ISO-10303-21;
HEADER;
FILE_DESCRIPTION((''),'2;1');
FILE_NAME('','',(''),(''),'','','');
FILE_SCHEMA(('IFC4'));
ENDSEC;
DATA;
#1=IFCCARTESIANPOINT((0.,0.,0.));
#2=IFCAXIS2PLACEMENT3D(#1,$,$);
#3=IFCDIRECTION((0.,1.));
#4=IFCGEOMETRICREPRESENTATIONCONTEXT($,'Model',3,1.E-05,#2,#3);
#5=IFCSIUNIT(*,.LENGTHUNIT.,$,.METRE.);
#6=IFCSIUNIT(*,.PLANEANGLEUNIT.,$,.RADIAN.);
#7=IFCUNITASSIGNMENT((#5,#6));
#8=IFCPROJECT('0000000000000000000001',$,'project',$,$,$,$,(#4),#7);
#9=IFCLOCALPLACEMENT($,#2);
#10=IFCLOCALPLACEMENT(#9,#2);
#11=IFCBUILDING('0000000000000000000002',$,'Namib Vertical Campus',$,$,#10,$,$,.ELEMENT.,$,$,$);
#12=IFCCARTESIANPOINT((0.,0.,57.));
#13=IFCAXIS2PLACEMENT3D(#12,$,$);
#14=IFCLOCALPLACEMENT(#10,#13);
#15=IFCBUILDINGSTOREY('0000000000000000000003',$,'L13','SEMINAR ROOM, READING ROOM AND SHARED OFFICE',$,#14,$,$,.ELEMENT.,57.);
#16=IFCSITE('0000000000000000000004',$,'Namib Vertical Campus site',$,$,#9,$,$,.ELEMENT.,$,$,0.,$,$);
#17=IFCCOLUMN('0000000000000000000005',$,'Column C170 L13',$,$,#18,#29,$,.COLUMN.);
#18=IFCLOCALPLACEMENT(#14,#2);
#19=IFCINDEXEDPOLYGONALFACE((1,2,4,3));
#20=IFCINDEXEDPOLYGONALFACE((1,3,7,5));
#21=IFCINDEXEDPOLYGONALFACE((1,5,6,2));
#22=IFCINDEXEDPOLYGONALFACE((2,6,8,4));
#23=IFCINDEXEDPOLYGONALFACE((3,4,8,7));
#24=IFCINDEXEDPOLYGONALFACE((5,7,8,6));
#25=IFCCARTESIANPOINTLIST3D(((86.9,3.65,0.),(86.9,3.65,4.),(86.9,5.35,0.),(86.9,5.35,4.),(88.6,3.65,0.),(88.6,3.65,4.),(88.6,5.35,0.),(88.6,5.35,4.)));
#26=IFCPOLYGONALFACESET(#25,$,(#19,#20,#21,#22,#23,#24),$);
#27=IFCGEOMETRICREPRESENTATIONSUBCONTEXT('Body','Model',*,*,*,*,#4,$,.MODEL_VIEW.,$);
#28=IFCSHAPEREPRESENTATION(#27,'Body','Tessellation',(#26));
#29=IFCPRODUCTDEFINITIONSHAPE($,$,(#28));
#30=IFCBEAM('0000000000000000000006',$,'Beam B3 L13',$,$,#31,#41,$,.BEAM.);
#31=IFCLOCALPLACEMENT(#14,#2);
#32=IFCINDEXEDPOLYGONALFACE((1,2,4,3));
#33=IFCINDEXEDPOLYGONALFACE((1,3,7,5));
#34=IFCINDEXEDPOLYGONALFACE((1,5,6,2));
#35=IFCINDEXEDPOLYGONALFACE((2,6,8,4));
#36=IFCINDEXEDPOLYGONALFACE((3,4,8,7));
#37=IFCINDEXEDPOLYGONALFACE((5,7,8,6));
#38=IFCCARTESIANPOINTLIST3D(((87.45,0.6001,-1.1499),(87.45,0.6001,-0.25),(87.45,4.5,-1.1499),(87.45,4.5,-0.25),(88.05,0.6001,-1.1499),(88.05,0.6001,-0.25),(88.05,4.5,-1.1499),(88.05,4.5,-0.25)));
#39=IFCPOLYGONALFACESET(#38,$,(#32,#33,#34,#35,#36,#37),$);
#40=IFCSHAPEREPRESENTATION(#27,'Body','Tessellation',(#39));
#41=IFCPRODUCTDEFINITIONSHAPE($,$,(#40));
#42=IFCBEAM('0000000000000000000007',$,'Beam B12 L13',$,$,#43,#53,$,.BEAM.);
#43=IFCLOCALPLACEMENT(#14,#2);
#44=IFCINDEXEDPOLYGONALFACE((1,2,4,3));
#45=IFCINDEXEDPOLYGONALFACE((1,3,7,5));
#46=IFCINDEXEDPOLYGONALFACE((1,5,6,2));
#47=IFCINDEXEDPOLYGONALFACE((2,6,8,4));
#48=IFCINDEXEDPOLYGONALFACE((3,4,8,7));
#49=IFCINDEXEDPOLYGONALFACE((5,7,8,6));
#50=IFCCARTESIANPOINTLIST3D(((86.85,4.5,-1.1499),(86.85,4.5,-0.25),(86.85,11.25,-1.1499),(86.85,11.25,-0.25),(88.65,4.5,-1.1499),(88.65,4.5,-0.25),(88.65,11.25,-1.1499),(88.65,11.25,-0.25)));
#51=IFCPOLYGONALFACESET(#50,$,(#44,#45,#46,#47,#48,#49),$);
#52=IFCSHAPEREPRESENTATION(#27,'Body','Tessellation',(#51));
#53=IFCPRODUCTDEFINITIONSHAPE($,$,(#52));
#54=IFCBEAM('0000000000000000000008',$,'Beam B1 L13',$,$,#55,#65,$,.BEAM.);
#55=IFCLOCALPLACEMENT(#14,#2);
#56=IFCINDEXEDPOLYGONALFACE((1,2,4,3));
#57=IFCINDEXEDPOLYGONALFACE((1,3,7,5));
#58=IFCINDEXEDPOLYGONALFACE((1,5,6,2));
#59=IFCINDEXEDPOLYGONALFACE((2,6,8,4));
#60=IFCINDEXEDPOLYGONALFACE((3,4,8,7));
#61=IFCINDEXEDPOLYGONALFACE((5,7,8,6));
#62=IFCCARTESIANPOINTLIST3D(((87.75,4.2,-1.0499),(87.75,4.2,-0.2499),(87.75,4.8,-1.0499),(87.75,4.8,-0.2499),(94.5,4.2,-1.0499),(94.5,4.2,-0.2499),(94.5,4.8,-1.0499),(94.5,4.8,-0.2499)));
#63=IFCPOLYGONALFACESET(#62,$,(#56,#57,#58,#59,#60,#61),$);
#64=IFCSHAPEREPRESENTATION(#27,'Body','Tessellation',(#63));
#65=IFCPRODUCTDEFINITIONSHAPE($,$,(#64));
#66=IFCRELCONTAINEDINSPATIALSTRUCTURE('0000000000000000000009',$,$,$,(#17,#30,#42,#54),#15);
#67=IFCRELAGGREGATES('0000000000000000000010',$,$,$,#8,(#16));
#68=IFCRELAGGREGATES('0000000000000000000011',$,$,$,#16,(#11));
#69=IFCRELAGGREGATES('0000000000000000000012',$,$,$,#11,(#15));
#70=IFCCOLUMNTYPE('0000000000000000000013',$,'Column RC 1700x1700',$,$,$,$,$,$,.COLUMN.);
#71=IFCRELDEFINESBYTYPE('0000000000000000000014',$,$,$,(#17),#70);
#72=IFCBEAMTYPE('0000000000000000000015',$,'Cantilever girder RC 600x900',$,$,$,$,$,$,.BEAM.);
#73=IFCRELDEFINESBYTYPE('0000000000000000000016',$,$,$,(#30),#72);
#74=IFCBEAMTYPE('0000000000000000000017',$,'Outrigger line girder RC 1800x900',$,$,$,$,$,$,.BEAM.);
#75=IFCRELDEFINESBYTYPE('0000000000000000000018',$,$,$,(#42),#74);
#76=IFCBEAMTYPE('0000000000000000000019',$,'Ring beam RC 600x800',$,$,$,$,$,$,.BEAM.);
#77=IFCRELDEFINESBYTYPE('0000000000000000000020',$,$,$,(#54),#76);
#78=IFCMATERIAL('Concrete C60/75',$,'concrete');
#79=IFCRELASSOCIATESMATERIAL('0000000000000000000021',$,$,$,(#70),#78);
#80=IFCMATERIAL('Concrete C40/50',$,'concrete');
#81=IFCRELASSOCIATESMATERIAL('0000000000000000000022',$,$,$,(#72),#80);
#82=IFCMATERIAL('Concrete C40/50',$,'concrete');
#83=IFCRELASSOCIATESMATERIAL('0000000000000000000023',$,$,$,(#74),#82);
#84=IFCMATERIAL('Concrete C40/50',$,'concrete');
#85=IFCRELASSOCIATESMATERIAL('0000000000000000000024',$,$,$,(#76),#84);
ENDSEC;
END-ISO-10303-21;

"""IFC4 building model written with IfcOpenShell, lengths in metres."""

from ifc_helpers import new_model, si_unit, direction, frame, origin, origin_2d, place, context, subcontext, project, spatial, rectangle, extrude, material, material_profile, profile_set, type_object, element, save


model = new_model("IFC4")

# Units and contexts
model_context = context("Model", 3, precision=1e-05, world=origin(), true_north=direction((0.0, 1.0)))
body_context = subcontext(model_context, "Body", "Model", "MODEL_VIEW")
ifc_project = project(units=[si_unit("LENGTHUNIT", "METRE"), si_unit("PLANEANGLEUNIT", "RADIAN")], contexts=[model_context])

# Site, building, storey
site_placement = place(None, origin())
site = spatial("IfcSite", under=ifc_project, at=site_placement, Name="Namib Vertical Campus site", CompositionType="ELEMENT", RefElevation=0.0)
building_placement = place(site_placement, origin())
building = spatial("IfcBuilding", under=site, at=building_placement, Name="Namib Vertical Campus", CompositionType="ELEMENT")
storey_placement = place(building_placement, frame((0.0, 0.0, 57.0)))
storey = spatial("IfcBuildingStorey", under=building, at=storey_placement, Name="L13", Description="SEMINAR ROOM, READING ROOM AND SHARED OFFICE", CompositionType="ELEMENT", Elevation=57.0)

# Column
ifc_material_1 = material(Name="Concrete C60/75", Category="concrete")
ifc_material_profile_1 = material_profile(ifc_material_1, rectangle(XDim=1.7, YDim=1.7, at=origin_2d()))
ifc_profile_set_1 = profile_set([ifc_material_profile_1], Name="Concrete C60/75")
column_type = type_object("IfcColumnType", Name="Column RC 1700x1700", PredefinedType="COLUMN", material=ifc_profile_set_1)
column_placement = place(storey_placement, frame((87.75, 4.5, 0.0), z_axis=(0.0, 0.0, 1.0), x_axis=(1.0, 0.0, 0.0)))
element("IfcColumn", 1, at=column_placement, inside=storey, type_object=column_type, Name="Column C170 L13", PredefinedType="COLUMN", context=body_context, shape_type="SweptSolid", body=[
    extrude(rectangle(XDim=1.7, YDim=1.7, at=origin_2d()), origin(), (0.0, 0.0, 1.0), 4.0),
])

# Beams
ifc_material_2 = material(Name="Concrete C40/50", Category="concrete")
ifc_material_profile_2 = material_profile(ifc_material_2, rectangle(XDim=0.6001, YDim=0.8999, at=origin_2d()))
ifc_profile_set_2 = profile_set([ifc_material_profile_2], Name="Concrete C40/50")
beam_type_1 = type_object("IfcBeamType", Name="Cantilever girder RC 600x900", PredefinedType="BEAM", material=ifc_profile_set_2)
beam_1_placement = place(storey_placement, frame((87.75, 4.5, -0.7), z_axis=(0.0, -1.0, 0.0), x_axis=(1.0, 0.0, 0.0)))
element("IfcBeam", 2, at=beam_1_placement, inside=storey, type_object=beam_type_1, Name="Beam B3 L13", PredefinedType="BEAM", context=body_context, shape_type="SweptSolid", body=[
    extrude(rectangle(XDim=0.6001, YDim=0.8999, at=origin_2d()), origin(), (0.0, 0.0, 1.0), 3.8999),
])
ifc_material_3 = material(Name="Concrete C40/50", Category="concrete")
ifc_material_profile_3 = material_profile(ifc_material_3, rectangle(XDim=1.8, YDim=0.8999, at=origin_2d()))
ifc_profile_set_3 = profile_set([ifc_material_profile_3], Name="Concrete C40/50")
beam_type_2 = type_object("IfcBeamType", Name="Outrigger line girder RC 1800x900", PredefinedType="BEAM", material=ifc_profile_set_3)
beam_2_placement = place(storey_placement, frame((87.75, 4.5, -0.7), z_axis=(0.0, 1.0, 0.0), x_axis=(-1.0, 0.0, 0.0)))
element("IfcBeam", 3, at=beam_2_placement, inside=storey, type_object=beam_type_2, Name="Beam B12 L13", PredefinedType="BEAM", context=body_context, shape_type="SweptSolid", body=[
    extrude(rectangle(XDim=1.8, YDim=0.8999, at=origin_2d()), origin(), (0.0, 0.0, 1.0), 6.75),
])
ifc_material_4 = material(Name="Concrete C40/50", Category="concrete")
ifc_material_profile_4 = material_profile(ifc_material_4, rectangle(XDim=0.6001, YDim=0.8, at=origin_2d()))
ifc_profile_set_4 = profile_set([ifc_material_profile_4], Name="Concrete C40/50")
beam_type_3 = type_object("IfcBeamType", Name="Ring beam RC 600x800", PredefinedType="BEAM", material=ifc_profile_set_4)
beam_3_placement = place(storey_placement, frame((87.75, 4.5, -0.6499), z_axis=(1.0, 0.0, 0.0), x_axis=(0.0, 1.0, 0.0)))
element("IfcBeam", 4, at=beam_3_placement, inside=storey, type_object=beam_type_3, Name="Beam B1 L13", PredefinedType="BEAM", context=body_context, shape_type="SweptSolid", body=[
    extrude(rectangle(XDim=0.6001, YDim=0.8, at=origin_2d()), origin(), (0.0, 0.0, 1.0), 6.75),
])

save(model, "model.ifc")
